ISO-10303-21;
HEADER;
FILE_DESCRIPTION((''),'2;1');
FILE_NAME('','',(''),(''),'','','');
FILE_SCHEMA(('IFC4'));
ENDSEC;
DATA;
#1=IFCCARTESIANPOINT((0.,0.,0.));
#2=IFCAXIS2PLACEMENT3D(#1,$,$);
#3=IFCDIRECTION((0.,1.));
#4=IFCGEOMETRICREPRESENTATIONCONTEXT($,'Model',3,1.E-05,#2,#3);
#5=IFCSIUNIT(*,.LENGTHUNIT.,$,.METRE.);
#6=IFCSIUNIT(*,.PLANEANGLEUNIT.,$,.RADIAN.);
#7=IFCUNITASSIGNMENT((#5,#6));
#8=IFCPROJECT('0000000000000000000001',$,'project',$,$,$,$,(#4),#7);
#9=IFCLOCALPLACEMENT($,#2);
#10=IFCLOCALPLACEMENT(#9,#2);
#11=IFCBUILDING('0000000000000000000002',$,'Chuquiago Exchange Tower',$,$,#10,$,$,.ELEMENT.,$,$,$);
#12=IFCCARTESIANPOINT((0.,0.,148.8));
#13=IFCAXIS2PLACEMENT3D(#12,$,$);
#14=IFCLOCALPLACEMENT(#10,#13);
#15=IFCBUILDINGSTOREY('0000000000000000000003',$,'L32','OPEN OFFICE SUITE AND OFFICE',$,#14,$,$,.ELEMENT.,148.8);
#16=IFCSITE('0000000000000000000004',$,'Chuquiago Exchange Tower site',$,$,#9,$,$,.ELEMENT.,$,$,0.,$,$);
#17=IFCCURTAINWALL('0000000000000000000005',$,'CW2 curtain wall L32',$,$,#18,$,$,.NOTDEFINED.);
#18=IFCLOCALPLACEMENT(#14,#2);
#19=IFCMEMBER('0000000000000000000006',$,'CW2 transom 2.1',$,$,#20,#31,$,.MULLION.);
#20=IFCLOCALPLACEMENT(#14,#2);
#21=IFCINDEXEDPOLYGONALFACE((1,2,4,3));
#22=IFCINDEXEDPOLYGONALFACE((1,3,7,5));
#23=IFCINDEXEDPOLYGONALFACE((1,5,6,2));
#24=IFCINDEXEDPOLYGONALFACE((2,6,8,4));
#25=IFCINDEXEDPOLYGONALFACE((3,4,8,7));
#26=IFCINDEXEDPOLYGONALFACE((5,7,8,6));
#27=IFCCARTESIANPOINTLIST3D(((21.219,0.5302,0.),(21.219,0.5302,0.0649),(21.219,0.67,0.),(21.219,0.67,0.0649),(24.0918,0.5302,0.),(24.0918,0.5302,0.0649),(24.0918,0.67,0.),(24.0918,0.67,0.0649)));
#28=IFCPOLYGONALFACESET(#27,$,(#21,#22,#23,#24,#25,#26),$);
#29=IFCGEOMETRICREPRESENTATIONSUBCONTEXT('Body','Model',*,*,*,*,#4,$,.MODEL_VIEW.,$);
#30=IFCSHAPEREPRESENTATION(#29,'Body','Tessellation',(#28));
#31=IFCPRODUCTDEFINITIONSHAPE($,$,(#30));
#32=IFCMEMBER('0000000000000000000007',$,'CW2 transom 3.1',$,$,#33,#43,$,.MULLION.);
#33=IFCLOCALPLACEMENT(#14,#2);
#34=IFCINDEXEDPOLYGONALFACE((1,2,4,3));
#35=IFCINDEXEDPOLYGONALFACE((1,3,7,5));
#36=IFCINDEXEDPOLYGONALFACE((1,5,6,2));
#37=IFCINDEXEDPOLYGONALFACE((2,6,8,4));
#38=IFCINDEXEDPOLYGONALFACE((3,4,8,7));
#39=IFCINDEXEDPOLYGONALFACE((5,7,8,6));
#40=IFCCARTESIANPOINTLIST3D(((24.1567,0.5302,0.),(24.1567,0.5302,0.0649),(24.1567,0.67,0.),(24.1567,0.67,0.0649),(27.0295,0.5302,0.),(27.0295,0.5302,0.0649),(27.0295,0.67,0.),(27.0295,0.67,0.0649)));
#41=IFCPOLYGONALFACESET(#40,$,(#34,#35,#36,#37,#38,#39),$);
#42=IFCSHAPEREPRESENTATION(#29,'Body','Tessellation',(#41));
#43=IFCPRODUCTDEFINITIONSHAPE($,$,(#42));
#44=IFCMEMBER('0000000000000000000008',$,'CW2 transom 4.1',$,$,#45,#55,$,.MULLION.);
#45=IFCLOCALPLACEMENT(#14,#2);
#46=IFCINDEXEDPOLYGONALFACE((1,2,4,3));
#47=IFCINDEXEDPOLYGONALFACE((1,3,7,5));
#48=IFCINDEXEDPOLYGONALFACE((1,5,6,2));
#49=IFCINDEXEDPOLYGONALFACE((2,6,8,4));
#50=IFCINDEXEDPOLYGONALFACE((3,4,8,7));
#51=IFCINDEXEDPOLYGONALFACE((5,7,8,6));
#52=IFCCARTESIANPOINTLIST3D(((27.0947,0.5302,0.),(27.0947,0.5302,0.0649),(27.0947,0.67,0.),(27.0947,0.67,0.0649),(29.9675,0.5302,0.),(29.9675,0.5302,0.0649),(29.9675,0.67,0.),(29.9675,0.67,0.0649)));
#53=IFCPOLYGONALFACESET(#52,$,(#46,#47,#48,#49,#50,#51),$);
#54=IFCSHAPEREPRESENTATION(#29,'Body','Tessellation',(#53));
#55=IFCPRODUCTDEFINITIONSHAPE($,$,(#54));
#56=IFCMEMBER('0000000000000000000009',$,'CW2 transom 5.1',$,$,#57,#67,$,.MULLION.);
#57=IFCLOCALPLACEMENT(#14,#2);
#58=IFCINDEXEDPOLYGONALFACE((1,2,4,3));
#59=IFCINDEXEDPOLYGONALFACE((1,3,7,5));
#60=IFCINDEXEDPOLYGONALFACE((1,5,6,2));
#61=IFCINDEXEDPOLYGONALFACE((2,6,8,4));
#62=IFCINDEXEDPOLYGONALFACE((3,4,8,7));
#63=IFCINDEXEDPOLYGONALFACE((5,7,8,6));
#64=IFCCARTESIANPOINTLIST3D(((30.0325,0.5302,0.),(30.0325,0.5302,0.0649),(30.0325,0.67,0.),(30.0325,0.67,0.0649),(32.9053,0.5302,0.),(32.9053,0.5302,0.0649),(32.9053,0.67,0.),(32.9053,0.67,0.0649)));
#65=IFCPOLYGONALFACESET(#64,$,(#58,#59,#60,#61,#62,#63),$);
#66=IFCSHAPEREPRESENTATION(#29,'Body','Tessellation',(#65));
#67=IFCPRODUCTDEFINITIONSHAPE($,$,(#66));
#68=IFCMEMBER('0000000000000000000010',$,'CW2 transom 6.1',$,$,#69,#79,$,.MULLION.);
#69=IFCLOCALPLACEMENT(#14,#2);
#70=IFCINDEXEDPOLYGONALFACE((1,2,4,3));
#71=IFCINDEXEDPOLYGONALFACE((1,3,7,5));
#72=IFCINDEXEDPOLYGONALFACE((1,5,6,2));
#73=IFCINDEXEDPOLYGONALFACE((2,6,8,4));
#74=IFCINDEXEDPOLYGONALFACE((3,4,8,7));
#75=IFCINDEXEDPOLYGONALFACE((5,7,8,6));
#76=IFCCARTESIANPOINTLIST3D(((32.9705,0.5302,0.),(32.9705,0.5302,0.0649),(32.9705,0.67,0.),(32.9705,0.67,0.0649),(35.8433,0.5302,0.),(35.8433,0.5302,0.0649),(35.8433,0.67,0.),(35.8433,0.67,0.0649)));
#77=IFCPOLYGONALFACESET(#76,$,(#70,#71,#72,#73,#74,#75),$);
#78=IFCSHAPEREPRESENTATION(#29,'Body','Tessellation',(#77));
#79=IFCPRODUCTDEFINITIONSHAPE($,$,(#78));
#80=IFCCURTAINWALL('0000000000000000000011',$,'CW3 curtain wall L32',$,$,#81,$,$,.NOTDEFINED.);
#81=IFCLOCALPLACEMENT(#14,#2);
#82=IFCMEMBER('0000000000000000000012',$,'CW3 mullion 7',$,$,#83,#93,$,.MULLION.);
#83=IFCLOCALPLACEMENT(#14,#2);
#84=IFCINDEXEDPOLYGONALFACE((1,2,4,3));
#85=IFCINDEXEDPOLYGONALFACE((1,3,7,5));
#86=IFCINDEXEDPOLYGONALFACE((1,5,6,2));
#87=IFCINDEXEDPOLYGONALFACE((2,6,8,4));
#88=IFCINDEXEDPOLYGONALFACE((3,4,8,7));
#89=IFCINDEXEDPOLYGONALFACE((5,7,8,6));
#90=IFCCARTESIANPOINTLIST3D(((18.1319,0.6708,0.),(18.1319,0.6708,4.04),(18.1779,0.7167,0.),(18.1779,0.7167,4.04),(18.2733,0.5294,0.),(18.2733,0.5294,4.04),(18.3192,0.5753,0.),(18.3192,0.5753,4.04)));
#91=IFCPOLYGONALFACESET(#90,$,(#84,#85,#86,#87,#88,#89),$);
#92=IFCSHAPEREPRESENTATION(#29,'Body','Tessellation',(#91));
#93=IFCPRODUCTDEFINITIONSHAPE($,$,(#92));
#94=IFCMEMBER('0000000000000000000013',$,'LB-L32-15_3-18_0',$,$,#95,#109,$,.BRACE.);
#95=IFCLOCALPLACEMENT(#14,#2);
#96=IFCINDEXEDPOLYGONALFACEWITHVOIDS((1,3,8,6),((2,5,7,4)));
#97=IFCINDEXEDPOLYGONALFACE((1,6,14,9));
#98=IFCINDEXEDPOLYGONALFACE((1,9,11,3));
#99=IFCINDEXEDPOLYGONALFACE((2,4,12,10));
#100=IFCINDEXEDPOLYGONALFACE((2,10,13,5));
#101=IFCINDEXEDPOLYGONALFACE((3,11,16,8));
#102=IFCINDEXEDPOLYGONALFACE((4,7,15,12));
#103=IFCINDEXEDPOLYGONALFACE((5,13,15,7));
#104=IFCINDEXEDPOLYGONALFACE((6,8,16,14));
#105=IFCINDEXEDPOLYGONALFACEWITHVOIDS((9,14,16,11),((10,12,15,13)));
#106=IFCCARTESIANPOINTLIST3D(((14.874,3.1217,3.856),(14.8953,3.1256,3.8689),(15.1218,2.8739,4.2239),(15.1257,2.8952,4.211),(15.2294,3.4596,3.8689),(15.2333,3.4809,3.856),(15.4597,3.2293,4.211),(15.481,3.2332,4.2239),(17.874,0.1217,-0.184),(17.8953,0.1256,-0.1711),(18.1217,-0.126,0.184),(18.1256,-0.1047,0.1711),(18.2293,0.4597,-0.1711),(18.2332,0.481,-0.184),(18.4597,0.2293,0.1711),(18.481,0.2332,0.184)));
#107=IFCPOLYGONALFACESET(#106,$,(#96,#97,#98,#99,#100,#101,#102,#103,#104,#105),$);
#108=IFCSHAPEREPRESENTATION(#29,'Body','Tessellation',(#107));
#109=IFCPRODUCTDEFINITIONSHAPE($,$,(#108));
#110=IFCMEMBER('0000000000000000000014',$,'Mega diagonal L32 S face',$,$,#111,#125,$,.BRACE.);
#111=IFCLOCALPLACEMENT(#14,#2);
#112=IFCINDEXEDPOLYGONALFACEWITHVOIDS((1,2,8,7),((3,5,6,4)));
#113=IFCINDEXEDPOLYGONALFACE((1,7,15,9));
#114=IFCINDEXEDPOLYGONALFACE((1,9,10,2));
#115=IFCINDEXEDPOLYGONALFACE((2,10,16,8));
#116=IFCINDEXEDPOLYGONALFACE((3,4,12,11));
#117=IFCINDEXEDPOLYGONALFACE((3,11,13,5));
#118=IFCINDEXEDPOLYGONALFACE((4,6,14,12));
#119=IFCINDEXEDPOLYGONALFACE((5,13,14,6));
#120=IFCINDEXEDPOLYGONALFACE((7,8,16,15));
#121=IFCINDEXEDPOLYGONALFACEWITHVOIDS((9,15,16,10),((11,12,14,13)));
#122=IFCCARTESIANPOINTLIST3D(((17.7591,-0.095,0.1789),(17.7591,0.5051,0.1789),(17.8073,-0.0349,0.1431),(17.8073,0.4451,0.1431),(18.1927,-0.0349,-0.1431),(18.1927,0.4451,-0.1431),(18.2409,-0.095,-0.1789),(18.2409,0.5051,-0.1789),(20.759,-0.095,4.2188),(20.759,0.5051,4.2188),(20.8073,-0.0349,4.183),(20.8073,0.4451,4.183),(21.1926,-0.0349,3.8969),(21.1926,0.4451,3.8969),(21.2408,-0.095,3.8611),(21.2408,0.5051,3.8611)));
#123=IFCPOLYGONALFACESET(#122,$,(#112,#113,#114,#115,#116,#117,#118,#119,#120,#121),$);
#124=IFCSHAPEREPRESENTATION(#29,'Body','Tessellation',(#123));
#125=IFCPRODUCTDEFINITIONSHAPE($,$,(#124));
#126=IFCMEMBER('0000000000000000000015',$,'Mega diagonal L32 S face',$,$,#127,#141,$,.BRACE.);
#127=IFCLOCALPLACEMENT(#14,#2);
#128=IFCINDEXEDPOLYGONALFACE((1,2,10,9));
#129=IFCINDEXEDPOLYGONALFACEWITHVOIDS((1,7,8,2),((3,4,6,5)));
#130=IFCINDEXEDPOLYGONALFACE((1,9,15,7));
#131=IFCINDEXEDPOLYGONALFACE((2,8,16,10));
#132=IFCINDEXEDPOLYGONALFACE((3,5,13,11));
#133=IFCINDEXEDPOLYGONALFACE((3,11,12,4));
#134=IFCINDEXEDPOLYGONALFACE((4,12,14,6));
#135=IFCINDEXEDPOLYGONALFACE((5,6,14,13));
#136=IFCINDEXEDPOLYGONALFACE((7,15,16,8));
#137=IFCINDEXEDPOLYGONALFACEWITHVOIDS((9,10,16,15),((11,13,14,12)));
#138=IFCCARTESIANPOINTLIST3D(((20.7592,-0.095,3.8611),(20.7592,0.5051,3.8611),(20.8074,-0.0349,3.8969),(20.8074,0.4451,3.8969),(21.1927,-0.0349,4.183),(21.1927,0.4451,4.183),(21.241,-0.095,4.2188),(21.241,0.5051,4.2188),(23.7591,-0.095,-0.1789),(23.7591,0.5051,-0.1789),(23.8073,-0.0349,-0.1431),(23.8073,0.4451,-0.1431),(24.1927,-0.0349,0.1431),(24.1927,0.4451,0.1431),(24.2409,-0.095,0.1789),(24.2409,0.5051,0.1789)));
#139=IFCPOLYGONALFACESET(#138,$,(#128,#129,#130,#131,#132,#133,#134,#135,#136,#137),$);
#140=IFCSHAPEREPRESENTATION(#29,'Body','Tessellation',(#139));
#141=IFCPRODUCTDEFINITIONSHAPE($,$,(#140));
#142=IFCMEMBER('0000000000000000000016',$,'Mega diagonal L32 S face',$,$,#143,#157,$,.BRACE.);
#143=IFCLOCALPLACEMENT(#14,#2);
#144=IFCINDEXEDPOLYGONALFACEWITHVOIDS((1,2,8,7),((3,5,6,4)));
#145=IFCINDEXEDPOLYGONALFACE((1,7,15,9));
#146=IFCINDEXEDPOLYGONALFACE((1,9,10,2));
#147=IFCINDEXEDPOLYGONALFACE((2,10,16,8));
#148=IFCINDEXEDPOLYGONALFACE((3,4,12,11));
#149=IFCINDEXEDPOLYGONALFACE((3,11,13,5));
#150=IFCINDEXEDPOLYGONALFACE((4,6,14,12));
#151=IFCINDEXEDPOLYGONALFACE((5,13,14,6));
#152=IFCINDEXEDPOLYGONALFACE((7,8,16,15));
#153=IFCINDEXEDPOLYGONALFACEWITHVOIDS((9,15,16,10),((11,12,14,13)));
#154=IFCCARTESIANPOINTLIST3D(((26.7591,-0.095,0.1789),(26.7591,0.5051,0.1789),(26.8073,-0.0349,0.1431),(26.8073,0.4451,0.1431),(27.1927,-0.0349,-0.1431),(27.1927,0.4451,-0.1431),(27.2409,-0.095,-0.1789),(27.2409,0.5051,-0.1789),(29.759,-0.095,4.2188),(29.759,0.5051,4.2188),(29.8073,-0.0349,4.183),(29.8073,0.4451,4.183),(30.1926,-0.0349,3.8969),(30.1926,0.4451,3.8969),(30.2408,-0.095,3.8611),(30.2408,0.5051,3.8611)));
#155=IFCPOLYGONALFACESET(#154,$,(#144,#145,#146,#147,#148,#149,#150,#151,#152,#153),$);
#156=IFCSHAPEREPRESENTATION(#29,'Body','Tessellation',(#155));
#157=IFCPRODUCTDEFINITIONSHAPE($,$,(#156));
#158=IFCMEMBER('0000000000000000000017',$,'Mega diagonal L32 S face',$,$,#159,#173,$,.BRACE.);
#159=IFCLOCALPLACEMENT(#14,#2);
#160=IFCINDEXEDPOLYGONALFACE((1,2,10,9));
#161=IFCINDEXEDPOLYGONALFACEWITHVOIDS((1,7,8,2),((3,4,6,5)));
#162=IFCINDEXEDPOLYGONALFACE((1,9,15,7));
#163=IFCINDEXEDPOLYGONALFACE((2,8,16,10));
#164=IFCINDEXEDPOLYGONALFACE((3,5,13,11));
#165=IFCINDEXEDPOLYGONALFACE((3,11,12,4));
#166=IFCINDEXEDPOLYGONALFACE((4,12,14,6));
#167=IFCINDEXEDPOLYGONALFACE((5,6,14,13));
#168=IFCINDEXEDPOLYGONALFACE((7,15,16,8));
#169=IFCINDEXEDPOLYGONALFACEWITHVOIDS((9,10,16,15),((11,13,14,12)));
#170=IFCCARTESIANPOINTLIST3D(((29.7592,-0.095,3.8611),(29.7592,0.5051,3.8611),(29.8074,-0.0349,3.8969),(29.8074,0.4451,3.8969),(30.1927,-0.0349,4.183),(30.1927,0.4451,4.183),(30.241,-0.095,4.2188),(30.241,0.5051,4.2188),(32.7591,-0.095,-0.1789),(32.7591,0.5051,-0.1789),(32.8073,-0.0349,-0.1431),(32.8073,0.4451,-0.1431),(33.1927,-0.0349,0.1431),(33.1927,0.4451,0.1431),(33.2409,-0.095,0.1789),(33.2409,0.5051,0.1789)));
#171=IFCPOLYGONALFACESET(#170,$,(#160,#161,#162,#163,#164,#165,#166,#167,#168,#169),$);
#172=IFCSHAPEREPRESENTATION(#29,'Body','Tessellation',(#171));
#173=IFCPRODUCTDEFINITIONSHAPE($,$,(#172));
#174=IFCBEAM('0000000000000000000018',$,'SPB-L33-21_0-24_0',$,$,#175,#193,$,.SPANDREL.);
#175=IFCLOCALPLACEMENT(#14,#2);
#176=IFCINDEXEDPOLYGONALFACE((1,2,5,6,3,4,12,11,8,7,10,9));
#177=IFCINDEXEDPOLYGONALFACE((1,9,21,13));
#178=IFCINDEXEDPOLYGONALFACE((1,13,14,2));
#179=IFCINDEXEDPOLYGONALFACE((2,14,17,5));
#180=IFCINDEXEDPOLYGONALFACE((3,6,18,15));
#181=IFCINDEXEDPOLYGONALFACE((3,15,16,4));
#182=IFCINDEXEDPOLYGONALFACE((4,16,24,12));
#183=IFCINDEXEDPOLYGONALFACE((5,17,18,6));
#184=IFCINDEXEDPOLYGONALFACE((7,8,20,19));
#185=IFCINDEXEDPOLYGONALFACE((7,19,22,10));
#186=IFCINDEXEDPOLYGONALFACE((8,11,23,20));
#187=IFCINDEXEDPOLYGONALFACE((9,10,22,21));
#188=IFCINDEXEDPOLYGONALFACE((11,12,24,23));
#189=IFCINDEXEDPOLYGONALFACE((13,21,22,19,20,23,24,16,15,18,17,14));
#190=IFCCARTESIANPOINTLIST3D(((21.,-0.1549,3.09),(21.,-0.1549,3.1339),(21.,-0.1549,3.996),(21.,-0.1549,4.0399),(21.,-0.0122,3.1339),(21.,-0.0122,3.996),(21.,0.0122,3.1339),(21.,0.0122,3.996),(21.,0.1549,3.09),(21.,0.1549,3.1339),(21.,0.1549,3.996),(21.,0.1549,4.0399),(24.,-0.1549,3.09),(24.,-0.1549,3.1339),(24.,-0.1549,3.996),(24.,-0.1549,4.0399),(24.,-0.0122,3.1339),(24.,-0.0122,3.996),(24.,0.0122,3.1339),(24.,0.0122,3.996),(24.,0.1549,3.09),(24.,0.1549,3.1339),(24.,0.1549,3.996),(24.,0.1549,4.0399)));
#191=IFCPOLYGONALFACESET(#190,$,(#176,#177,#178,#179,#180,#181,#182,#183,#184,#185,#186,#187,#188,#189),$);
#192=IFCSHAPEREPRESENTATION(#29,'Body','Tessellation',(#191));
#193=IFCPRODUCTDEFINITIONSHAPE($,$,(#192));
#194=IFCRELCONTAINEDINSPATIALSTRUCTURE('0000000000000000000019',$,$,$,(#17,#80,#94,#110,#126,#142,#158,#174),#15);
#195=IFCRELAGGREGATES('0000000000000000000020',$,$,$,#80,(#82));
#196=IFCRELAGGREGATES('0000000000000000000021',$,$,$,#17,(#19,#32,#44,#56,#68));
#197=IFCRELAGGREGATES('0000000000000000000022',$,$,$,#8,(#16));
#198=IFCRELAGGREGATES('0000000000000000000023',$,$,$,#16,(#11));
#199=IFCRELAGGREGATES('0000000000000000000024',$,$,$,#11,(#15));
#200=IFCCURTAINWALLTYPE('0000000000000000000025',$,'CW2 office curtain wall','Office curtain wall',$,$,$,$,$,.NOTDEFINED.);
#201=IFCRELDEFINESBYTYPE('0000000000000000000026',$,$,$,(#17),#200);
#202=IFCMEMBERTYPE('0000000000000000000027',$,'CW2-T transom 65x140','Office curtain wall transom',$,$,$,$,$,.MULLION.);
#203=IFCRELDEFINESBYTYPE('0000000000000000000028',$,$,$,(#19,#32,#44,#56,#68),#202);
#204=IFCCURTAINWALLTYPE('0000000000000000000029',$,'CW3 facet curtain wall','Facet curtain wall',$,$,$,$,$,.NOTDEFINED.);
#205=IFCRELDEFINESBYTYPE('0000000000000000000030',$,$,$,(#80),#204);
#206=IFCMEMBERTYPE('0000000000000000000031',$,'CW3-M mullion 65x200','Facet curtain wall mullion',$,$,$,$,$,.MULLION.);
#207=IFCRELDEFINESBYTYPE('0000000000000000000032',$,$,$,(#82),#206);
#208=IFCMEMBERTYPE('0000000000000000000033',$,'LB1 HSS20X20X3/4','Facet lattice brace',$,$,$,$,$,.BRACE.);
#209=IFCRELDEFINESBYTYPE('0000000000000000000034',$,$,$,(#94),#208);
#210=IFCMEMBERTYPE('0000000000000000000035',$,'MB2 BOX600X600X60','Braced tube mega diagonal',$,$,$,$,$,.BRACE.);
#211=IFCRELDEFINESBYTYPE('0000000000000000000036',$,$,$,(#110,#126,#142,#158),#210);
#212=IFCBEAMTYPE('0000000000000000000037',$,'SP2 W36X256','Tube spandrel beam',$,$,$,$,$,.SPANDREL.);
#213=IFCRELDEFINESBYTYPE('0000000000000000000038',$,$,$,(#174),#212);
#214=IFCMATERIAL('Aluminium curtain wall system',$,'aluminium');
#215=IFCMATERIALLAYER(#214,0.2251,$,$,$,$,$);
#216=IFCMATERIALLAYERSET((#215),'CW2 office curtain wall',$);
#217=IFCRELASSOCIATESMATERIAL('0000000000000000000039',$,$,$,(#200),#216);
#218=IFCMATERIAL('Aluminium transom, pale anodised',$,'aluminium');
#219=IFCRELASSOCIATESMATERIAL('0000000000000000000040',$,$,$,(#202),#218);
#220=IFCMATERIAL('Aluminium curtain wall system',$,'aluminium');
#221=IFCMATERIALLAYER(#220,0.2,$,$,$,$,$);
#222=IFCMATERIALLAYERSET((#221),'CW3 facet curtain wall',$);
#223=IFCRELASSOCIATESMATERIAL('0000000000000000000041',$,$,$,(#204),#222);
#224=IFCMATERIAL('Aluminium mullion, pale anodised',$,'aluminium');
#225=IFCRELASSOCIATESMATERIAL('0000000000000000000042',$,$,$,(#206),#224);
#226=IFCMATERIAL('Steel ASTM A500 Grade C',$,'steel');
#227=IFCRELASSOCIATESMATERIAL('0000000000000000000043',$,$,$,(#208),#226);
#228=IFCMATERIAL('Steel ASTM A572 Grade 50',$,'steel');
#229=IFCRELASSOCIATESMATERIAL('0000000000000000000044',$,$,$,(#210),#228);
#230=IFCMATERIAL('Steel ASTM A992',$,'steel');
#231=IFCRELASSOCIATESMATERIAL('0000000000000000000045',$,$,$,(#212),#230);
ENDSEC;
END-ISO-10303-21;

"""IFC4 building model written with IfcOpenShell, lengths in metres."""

from ifc_helpers import new_model, si_unit, direction, frame, origin, origin_2d, place, context, subcontext, project, spatial, rectangle, hollow_rectangle, i_section, extrude, material, layer, layer_set, material_profile, profile_set, type_object, element, aggregate, save


model = new_model("IFC4")

# Units and contexts
model_context = context("Model", 3, precision=1e-05, world=origin(), true_north=direction((0.0, 1.0)))
body_context = subcontext(model_context, "Body", "Model", "MODEL_VIEW")
ifc_project = project(units=[si_unit("LENGTHUNIT", "METRE"), si_unit("PLANEANGLEUNIT", "RADIAN")], contexts=[model_context])

# Site, building, storey
site_placement = place(None, origin())
site = spatial("IfcSite", under=ifc_project, at=site_placement, Name="Chuquiago Exchange Tower site", CompositionType="ELEMENT", RefElevation=0.0)
building_placement = place(site_placement, origin())
building = spatial("IfcBuilding", under=site, at=building_placement, Name="Chuquiago Exchange Tower", CompositionType="ELEMENT")
storey_placement = place(building_placement, frame((0.0, 0.0, 148.8)))
storey = spatial("IfcBuildingStorey", under=building, at=storey_placement, Name="L32", Description="OPEN OFFICE SUITE AND OFFICE", CompositionType="ELEMENT", Elevation=148.8)

# Curtain wall, members
ifc_material_1 = material(Name="Aluminium curtain wall system", Category="aluminium")
ifc_layer_1 = layer(ifc_material_1, 0.2251)
ifc_layer_set_1 = layer_set([ifc_layer_1], Name="CW2 office curtain wall")
curtain_wall_type_1 = type_object("IfcCurtainWallType", Name="CW2 office curtain wall", Description="Office curtain wall", PredefinedType="NOTDEFINED", material=ifc_layer_set_1)
curtain_wall_1_placement = place(storey_placement, origin())
curtain_wall_1 = element("IfcCurtainWall", 1, at=curtain_wall_1_placement, inside=storey, type_object=curtain_wall_type_1, Name="CW2 curtain wall L32", PredefinedType="NOTDEFINED")
ifc_material_2 = material(Name="Aluminium transom, pale anodised", Category="aluminium")
ifc_material_profile_1 = material_profile(ifc_material_2, rectangle(XDim=0.1399, YDim=0.0649, at=origin_2d()), Name="AL 140x65")
ifc_profile_set_1 = profile_set([ifc_material_profile_1], Name="Aluminium transom, pale anodised")
member_type_1 = type_object("IfcMemberType", Name="CW2-T transom 65x140", Description="Office curtain wall transom", PredefinedType="MULLION", material=ifc_profile_set_1)
member_1_placement = place(storey_placement, frame((21.219, 0.6001, 0.0325), z_axis=(1.0, 0.0, 0.0), x_axis=(0.0, 1.0, 0.0)))
member_1 = element("IfcMember", 2, at=member_1_placement, type_object=member_type_1, Name="CW2 transom 2.1", PredefinedType="MULLION", context=body_context, shape_type="SweptSolid", body=[
    extrude(rectangle(XDim=0.1399, YDim=0.0649, at=origin_2d()), origin(), (0.0, 0.0, 1.0), 2.8728),
])
member_2_placement = place(storey_placement, frame((24.1567, 0.6001, 0.0325), z_axis=(1.0, 0.0, 0.0), x_axis=(0.0, 1.0, 0.0)))
member_2 = element("IfcMember", 3, at=member_2_placement, type_object=member_type_1, Name="CW2 transom 3.1", PredefinedType="MULLION", context=body_context, shape_type="SweptSolid", body=[
    extrude(rectangle(XDim=0.1399, YDim=0.0649, at=origin_2d()), origin(), (0.0, 0.0, 1.0), 2.8728),
])
member_3_placement = place(storey_placement, frame((27.0947, 0.6001, 0.0325), z_axis=(1.0, 0.0, 0.0), x_axis=(0.0, 1.0, 0.0)))
member_3 = element("IfcMember", 4, at=member_3_placement, type_object=member_type_1, Name="CW2 transom 4.1", PredefinedType="MULLION", context=body_context, shape_type="SweptSolid", body=[
    extrude(rectangle(XDim=0.1399, YDim=0.0649, at=origin_2d()), origin(), (0.0, 0.0, 1.0), 2.8728),
])
member_4_placement = place(storey_placement, frame((30.0325, 0.6001, 0.0325), z_axis=(1.0, 0.0, 0.0), x_axis=(0.0, 1.0, 0.0)))
member_4 = element("IfcMember", 5, at=member_4_placement, type_object=member_type_1, Name="CW2 transom 5.1", PredefinedType="MULLION", context=body_context, shape_type="SweptSolid", body=[
    extrude(rectangle(XDim=0.1399, YDim=0.0649, at=origin_2d()), origin(), (0.0, 0.0, 1.0), 2.8728),
])
member_5_placement = place(storey_placement, frame((32.9705, 0.6001, 0.0325), z_axis=(1.0, 0.0, 0.0), x_axis=(0.0, 1.0, 0.0)))
member_5 = element("IfcMember", 6, at=member_5_placement, type_object=member_type_1, Name="CW2 transom 6.1", PredefinedType="MULLION", context=body_context, shape_type="SweptSolid", body=[
    extrude(rectangle(XDim=0.1399, YDim=0.0649, at=origin_2d()), origin(), (0.0, 0.0, 1.0), 2.8728),
])

# Curtain wall, member
ifc_material_3 = material(Name="Aluminium curtain wall system", Category="aluminium")
ifc_layer_2 = layer(ifc_material_3, 0.2)
ifc_layer_set_2 = layer_set([ifc_layer_2], Name="CW3 facet curtain wall")
curtain_wall_type_2 = type_object("IfcCurtainWallType", Name="CW3 facet curtain wall", Description="Facet curtain wall", PredefinedType="NOTDEFINED", material=ifc_layer_set_2)
curtain_wall_2_placement = place(storey_placement, origin())
curtain_wall_2 = element("IfcCurtainWall", 7, at=curtain_wall_2_placement, inside=storey, type_object=curtain_wall_type_2, Name="CW3 curtain wall L32", PredefinedType="NOTDEFINED")
ifc_material_4 = material(Name="Aluminium mullion, pale anodised", Category="aluminium")
ifc_material_profile_2 = material_profile(ifc_material_4, rectangle(XDim=0.0649, YDim=0.2, at=origin_2d()), Name="AL 65x200")
ifc_profile_set_2 = profile_set([ifc_material_profile_2], Name="Aluminium mullion, pale anodised")
member_type_2 = type_object("IfcMemberType", Name="CW3-M mullion 65x200", Description="Facet curtain wall mullion", PredefinedType="MULLION", material=ifc_profile_set_2)
member_6_placement = place(storey_placement, frame((18.2256, 0.623, 0.0), z_axis=(0.0, 0.0, 1.0), x_axis=(0.707107, 0.707107, 0.0)))
member_6 = element("IfcMember", 8, at=member_6_placement, type_object=member_type_2, Name="CW3 mullion 7", PredefinedType="MULLION", context=body_context, shape_type="SweptSolid", body=[
    extrude(rectangle(XDim=0.0649, YDim=0.2, at=origin_2d()), origin(), (0.0, 0.0, 1.0), 4.04),
])
aggregate(curtain_wall_2, [member_6])

# Members
ifc_material_5 = material(Name="Steel ASTM A500 Grade C", Category="steel")
ifc_material_profile_3 = material_profile(ifc_material_5, hollow_rectangle(XDim=0.5081, YDim=0.5081, WallThickness=0.0178, at=origin_2d()), Name="HSS20X20X3/4")
ifc_profile_set_3 = profile_set([ifc_material_profile_3], Name="Steel ASTM A500 Grade C")
member_type_3 = type_object("IfcMemberType", Name="LB1 HSS20X20X3/4", Description="Facet lattice brace", PredefinedType="BRACE", material=ifc_profile_set_3)
member_7_placement = place(storey_placement, frame((18.1775, 0.1775, 0.0), z_axis=(-0.512077, 0.512077, 0.689604), x_axis=(-0.707107, -0.707107, 0.0)))
element("IfcMember", 9, at=member_7_placement, inside=storey, type_object=member_type_3, Name="LB-L32-15_3-18_0", PredefinedType="BRACE", context=body_context, shape_type="SweptSolid", body=[
    extrude(hollow_rectangle(XDim=0.5081, YDim=0.5081, WallThickness=0.0178, at=origin_2d()), origin(), (0.0, 0.0, 1.0), 5.8584),
])
ifc_material_6 = material(Name="Steel ASTM A572 Grade 50", Category="steel")
ifc_material_profile_4 = material_profile(ifc_material_6, hollow_rectangle(XDim=0.6001, YDim=0.6001, WallThickness=0.0601, at=origin_2d()), Name="BOX600X600X60")
ifc_profile_set_4 = profile_set([ifc_material_profile_4], Name="Steel ASTM A572 Grade 50")
member_type_4 = type_object("IfcMemberType", Name="MB2 BOX600X600X60", Description="Braced tube mega diagonal", PredefinedType="BRACE", material=ifc_profile_set_4)
for number, where, z_axis, x_axis, name in (
    (10, (18.0, 0.2051, 0.0), (0.596174, 0.0, 0.802855), (0.0, 1.0, 0.0), "Mega diagonal L32 S face"),
    (11, (24.0, 0.2051, 0.0), (-0.596174, 0.0, 0.802855), (0.0, -1.0, 0.0), "Mega diagonal L32 S face"),
    (12, (27.0, 0.2051, 0.0), (0.596174, 0.0, 0.802855), (0.0, 1.0, 0.0), "Mega diagonal L32 S face"),
    (13, (33.0, 0.2051, 0.0), (-0.596174, 0.0, 0.802855), (0.0, -1.0, 0.0), "Mega diagonal L32 S face"),
):
    element("IfcMember", number, at=place(storey_placement, frame(where, z_axis=z_axis, x_axis=x_axis)), inside=storey, type_object=member_type_4, Name=name, PredefinedType="BRACE", context=body_context, shape_type="SweptSolid", body=[
        extrude(hollow_rectangle(XDim=0.6001, YDim=0.6001, WallThickness=0.0601, at=origin_2d()), origin(), (0.0, 0.0, 1.0), 5.032),
    ])

# Beam
ifc_material_7 = material(Name="Steel ASTM A992", Category="steel")
ifc_material_profile_5 = material_profile(ifc_material_7, i_section(OverallWidth=0.3098, OverallDepth=0.95, WebThickness=0.0244, FlangeThickness=0.0439, at=origin_2d()), Name="W36X256")
ifc_profile_set_5 = profile_set([ifc_material_profile_5], Name="Steel ASTM A992")
beam_type = type_object("IfcBeamType", Name="SP2 W36X256", Description="Tube spandrel beam", PredefinedType="SPANDREL", material=ifc_profile_set_5)
for number, where, z_axis, x_axis, name in (
    (14, (21.0, 0.0, 3.5649), (1.0, 0.0, 0.0), (0.0, 1.0, 0.0), "SPB-L33-21_0-24_0"),
):
    element("IfcBeam", number, at=place(storey_placement, frame(where, z_axis=z_axis, x_axis=x_axis)), inside=storey, type_object=beam_type, Name=name, PredefinedType="SPANDREL", context=body_context, shape_type="SweptSolid", body=[
        extrude(i_section(OverallWidth=0.3098, OverallDepth=0.95, WebThickness=0.0244, FlangeThickness=0.0439, at=origin_2d()), origin(), (0.0, 0.0, 1.0), 3.0),
    ])

aggregate(curtain_wall_1, [member_1, member_2, member_3, member_4, member_5])

save(model, "model.ifc")
